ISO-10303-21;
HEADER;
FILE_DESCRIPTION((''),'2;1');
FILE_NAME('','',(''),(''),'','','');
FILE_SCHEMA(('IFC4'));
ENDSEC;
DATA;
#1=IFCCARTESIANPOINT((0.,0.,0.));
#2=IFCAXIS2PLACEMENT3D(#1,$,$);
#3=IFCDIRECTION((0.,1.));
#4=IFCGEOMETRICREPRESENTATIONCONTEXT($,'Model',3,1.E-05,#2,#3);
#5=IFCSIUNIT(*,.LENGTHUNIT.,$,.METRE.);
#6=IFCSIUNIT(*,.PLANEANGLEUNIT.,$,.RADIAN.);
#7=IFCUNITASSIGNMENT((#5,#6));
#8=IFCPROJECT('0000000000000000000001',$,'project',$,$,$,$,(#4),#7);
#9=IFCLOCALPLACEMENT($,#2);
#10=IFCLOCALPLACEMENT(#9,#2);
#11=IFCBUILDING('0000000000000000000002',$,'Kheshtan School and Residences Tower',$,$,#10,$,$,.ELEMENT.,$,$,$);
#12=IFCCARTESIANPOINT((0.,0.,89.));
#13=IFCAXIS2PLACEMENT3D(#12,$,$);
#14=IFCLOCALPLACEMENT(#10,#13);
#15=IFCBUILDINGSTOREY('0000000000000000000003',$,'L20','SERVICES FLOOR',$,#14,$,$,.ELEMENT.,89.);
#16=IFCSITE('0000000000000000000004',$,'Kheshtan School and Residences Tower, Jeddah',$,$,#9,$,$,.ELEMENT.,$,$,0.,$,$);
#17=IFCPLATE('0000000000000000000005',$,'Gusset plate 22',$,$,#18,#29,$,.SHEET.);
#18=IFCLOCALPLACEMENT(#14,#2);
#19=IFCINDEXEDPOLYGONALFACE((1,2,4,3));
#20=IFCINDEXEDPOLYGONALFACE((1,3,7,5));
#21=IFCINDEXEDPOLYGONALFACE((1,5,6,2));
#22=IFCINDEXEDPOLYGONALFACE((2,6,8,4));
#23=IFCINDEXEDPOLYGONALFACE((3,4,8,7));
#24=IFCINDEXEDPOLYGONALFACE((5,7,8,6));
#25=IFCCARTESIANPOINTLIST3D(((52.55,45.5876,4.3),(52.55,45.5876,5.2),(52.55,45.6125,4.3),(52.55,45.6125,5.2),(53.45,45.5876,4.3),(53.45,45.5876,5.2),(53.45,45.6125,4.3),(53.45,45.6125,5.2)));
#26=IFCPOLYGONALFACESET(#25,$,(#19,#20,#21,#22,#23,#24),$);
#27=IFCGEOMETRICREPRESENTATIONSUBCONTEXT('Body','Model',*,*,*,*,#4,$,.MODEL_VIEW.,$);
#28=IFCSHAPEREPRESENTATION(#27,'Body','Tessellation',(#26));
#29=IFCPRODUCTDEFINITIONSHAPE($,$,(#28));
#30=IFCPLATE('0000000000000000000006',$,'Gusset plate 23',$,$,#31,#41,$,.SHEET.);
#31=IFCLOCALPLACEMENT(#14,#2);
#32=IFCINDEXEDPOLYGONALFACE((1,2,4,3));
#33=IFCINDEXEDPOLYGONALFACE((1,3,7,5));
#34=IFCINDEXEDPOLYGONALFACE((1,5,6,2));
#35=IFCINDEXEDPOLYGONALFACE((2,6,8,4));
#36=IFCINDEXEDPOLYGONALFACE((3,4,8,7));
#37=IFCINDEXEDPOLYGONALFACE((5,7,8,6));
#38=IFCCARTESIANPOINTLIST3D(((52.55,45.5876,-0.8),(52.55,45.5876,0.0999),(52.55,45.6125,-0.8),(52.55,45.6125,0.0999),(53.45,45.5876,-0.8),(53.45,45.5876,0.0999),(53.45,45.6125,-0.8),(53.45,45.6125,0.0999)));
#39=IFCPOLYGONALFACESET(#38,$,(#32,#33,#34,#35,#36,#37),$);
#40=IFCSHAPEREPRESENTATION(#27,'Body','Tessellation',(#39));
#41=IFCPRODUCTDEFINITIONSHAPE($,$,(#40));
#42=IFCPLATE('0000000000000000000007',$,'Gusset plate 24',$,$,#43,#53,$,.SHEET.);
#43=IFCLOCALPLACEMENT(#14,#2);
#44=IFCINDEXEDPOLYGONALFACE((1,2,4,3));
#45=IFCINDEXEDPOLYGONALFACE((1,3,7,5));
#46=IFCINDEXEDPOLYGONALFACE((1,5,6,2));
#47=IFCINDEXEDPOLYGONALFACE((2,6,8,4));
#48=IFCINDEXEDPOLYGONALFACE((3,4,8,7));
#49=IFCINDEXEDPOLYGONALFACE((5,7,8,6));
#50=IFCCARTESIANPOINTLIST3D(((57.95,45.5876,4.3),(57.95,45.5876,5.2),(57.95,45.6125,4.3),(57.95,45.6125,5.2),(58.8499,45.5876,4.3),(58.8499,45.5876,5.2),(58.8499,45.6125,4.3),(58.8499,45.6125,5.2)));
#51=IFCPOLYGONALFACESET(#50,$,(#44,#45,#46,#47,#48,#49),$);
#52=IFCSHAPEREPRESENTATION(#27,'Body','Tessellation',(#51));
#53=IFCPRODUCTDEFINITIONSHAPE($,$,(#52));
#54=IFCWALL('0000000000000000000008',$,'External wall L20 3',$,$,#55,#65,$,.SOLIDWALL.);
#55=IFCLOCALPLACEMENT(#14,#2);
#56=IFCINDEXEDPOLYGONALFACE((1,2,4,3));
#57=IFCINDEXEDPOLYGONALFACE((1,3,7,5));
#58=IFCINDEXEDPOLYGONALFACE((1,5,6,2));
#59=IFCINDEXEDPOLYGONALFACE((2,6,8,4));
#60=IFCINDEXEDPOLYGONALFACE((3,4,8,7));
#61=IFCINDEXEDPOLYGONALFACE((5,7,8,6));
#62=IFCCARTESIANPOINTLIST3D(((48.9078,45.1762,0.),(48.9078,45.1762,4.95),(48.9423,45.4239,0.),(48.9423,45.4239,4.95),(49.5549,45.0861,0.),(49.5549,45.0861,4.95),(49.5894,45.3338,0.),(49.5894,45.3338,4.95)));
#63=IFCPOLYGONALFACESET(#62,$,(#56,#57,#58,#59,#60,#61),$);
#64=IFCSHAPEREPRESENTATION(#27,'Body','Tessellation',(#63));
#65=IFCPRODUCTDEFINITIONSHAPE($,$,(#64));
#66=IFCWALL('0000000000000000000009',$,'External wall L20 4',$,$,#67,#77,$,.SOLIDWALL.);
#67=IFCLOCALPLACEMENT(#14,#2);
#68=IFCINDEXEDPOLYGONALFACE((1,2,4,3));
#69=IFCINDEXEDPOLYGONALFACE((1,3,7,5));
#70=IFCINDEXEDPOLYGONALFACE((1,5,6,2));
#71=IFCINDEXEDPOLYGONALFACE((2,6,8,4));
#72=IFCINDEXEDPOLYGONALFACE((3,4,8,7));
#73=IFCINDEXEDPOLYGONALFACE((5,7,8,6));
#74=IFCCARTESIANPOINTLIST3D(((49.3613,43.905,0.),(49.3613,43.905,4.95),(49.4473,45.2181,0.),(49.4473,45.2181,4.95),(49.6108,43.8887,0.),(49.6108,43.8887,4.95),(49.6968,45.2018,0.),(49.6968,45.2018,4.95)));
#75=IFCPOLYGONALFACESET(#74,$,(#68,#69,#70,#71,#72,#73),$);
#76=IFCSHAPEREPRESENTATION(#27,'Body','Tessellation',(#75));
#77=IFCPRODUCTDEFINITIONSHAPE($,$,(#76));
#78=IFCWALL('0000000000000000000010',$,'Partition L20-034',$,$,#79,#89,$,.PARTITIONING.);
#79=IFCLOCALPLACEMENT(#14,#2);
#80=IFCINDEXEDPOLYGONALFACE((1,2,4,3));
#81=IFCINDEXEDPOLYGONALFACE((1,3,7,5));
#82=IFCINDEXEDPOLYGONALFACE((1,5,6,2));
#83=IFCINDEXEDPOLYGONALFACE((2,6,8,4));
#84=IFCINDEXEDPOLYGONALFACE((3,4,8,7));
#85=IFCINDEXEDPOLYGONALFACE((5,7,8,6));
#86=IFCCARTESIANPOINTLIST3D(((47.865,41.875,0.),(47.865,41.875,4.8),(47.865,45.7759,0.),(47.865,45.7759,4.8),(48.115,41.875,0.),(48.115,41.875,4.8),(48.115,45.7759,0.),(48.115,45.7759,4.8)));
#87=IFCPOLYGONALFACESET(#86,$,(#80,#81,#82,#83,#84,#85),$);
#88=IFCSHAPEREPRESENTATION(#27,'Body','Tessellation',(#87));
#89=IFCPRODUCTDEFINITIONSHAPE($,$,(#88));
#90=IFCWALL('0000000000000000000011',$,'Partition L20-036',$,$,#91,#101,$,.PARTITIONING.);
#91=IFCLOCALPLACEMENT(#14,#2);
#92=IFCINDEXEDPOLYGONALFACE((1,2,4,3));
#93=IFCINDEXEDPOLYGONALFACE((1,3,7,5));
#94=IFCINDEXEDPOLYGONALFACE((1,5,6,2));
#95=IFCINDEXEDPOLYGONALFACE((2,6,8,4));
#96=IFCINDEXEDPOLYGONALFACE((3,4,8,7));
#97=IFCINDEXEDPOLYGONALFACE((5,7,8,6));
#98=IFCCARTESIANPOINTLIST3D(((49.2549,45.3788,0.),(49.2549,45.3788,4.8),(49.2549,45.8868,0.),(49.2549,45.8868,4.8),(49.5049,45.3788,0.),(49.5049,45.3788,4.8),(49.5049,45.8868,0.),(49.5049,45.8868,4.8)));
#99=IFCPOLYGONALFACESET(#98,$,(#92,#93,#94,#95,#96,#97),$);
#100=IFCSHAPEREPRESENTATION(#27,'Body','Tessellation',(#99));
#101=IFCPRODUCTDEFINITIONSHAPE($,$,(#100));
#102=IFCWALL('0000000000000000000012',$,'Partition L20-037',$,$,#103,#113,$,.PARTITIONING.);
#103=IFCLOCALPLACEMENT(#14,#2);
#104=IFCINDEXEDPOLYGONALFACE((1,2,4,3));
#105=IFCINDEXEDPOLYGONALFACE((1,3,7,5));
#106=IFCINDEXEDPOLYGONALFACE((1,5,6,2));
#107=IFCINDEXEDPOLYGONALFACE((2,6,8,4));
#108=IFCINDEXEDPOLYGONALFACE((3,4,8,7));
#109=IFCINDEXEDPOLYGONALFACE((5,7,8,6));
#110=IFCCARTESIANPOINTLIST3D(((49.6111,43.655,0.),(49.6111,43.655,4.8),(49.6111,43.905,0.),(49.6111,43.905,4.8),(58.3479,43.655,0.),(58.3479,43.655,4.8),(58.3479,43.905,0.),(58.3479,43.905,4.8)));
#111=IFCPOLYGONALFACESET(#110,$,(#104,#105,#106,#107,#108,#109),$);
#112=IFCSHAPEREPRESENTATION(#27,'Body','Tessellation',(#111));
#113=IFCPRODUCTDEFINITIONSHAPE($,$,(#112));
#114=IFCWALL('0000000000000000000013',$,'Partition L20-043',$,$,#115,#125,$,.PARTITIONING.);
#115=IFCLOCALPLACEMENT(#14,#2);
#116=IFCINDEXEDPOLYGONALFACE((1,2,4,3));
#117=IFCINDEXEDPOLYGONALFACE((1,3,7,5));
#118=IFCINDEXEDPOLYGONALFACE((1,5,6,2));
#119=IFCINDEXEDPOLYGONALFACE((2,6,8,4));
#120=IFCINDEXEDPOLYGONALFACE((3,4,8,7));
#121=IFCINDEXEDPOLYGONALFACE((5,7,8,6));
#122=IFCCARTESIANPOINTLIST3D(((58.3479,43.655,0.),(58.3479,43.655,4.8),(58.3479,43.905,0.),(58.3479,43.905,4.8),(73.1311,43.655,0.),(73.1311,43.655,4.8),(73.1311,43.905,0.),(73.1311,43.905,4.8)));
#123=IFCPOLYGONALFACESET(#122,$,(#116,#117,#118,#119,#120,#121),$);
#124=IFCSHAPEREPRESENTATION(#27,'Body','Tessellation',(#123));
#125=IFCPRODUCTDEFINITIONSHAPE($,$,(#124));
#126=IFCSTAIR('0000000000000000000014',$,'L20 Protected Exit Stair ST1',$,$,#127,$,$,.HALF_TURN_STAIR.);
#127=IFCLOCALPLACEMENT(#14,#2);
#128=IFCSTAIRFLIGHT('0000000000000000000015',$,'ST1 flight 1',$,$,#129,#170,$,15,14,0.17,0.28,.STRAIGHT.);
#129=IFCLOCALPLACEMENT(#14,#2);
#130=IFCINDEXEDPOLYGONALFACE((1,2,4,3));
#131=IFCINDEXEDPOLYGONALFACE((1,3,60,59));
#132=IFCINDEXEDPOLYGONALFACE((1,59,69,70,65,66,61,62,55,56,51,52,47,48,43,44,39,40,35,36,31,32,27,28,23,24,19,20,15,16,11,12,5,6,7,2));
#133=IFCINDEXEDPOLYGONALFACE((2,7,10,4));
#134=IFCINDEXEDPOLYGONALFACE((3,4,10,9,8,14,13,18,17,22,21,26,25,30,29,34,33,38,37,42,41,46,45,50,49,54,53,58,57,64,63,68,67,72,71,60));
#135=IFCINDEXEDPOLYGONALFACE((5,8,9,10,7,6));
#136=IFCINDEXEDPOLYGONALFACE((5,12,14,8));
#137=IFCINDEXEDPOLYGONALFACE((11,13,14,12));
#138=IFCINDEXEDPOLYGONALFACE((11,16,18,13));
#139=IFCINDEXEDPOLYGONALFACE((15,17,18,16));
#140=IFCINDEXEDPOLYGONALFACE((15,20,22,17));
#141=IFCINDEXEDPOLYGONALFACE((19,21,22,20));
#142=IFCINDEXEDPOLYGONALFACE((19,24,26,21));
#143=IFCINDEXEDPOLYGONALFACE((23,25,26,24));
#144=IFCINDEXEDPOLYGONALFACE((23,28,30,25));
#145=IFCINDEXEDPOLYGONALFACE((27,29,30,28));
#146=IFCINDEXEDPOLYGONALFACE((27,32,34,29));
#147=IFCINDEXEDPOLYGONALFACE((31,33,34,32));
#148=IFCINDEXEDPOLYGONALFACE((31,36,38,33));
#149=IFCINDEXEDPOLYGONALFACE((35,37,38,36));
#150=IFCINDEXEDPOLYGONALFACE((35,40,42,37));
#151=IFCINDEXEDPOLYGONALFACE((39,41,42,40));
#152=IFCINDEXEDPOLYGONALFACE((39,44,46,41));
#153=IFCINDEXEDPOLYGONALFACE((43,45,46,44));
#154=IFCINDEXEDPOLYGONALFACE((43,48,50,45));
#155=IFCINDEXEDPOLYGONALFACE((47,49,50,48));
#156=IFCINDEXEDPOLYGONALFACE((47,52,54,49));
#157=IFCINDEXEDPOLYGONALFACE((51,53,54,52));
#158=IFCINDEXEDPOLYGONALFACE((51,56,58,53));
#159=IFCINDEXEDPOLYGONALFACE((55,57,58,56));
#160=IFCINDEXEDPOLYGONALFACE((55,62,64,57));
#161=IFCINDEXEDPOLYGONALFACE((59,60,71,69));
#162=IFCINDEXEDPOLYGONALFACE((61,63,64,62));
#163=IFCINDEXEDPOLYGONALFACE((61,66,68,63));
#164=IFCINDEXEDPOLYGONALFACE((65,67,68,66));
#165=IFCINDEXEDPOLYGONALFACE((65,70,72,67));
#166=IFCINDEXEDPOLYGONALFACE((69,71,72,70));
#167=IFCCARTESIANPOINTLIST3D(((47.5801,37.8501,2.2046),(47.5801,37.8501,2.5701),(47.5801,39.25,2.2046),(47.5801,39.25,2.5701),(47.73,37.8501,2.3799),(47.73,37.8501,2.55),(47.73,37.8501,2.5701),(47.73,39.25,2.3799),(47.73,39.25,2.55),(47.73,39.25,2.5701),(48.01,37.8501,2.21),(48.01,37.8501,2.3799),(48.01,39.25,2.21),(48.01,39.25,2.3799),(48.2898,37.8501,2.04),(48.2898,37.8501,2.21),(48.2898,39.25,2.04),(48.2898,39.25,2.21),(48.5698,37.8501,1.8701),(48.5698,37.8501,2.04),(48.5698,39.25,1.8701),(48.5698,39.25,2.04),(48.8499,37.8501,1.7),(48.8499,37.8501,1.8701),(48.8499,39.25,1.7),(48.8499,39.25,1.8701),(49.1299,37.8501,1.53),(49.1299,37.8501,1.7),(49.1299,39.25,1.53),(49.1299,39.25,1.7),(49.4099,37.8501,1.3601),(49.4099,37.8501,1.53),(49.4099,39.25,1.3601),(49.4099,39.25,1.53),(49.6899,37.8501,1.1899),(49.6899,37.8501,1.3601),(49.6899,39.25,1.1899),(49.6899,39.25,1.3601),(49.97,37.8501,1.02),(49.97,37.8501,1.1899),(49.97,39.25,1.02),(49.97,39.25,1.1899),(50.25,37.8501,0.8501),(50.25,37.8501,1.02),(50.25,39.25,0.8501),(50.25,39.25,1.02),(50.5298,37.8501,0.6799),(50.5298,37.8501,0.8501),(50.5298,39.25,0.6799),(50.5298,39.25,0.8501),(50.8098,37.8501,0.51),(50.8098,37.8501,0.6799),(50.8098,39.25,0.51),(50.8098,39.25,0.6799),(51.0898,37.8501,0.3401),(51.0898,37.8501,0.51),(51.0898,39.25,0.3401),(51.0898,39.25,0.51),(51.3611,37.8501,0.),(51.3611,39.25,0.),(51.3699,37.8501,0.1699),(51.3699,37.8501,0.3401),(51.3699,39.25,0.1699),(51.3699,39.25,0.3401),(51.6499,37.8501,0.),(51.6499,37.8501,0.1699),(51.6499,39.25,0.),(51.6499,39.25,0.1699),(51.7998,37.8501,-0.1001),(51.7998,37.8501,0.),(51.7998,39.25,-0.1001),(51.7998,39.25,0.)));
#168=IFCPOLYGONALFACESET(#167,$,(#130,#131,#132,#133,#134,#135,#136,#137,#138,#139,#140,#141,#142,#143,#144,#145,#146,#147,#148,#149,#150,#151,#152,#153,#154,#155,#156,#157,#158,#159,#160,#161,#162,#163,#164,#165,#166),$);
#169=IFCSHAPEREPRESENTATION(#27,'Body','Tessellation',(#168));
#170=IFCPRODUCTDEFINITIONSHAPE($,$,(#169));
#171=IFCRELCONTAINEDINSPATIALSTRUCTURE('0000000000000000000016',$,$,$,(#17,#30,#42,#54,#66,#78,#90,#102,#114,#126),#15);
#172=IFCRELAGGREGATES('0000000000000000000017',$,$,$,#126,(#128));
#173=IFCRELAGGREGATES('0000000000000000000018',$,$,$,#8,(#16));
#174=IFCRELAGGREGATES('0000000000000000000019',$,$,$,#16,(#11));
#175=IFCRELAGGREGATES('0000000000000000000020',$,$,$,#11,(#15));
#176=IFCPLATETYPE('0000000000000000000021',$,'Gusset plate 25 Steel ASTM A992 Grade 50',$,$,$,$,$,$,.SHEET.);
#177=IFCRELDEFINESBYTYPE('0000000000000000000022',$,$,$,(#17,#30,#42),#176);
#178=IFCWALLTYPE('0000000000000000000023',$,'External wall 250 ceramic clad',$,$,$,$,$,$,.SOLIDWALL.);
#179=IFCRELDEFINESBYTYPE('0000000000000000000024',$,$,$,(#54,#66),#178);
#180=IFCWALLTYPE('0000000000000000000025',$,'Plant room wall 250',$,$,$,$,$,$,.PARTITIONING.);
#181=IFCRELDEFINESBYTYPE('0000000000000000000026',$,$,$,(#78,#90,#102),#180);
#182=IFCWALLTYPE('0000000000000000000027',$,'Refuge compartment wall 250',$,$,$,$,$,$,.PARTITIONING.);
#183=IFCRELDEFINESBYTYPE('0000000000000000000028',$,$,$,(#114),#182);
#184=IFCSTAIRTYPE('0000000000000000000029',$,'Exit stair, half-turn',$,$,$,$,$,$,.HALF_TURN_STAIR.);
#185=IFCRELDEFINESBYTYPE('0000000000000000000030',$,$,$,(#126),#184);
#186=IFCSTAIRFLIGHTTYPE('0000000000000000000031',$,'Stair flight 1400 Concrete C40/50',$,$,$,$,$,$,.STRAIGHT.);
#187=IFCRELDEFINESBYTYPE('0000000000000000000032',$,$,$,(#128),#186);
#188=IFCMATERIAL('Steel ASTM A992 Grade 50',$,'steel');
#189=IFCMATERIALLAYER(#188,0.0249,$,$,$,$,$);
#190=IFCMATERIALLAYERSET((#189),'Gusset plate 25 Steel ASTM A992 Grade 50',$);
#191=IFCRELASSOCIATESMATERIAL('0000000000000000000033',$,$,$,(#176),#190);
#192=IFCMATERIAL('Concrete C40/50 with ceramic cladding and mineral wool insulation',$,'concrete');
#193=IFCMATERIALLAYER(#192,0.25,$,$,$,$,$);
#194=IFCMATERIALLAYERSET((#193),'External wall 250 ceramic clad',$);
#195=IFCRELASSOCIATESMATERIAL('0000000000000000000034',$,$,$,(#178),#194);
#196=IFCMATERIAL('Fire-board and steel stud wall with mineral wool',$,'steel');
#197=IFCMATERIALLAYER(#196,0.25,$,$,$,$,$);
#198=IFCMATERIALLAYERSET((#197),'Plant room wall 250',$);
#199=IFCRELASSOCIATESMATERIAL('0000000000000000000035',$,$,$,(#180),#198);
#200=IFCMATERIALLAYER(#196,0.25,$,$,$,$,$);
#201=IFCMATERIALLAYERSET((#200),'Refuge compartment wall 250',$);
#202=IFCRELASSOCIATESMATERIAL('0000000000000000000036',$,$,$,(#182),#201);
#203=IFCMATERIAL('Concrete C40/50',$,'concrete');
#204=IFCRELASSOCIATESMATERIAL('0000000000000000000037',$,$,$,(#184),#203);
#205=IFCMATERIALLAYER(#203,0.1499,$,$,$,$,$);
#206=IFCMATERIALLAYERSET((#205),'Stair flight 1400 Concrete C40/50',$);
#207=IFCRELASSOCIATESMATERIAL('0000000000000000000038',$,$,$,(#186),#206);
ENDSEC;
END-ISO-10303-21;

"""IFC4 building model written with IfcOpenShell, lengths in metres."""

from ifc_helpers import new_model, si_unit, direction, frame, frame_2d, origin, origin_2d, place, context, subcontext, project, spatial, polyline, rectangle, outline, extrude, material, layer, layer_set, type_object, element, aggregate, save


model = new_model("IFC4")

# Units and contexts
model_context = context("Model", 3, precision=1e-05, world=origin(), true_north=direction((0.0, 1.0)))
body_context = subcontext(model_context, "Body", "Model", "MODEL_VIEW")
ifc_project = project(units=[si_unit("LENGTHUNIT", "METRE"), si_unit("PLANEANGLEUNIT", "RADIAN")], contexts=[model_context])

# Site, building, storey
site_placement = place(None, origin())
site = spatial("IfcSite", under=ifc_project, at=site_placement, Name="Kheshtan School and Residences Tower, Jeddah", CompositionType="ELEMENT", RefElevation=0.0)
building_placement = place(site_placement, origin())
building = spatial("IfcBuilding", under=site, at=building_placement, Name="Kheshtan School and Residences Tower", CompositionType="ELEMENT")
storey_placement = place(building_placement, frame((0.0, 0.0, 89.0)))
storey = spatial("IfcBuildingStorey", under=building, at=storey_placement, Name="L20", Description="SERVICES FLOOR", CompositionType="ELEMENT", Elevation=89.0)

# Shared definitions
ifc_material_1 = material(Name="Steel ASTM A992 Grade 50", Category="steel")

# Plates
ifc_layer_1 = layer(ifc_material_1, 0.0249)
ifc_layer_set_1 = layer_set([ifc_layer_1], Name="Gusset plate 25 Steel ASTM A992 Grade 50")
plate_type_1 = type_object("IfcPlateType", Name="Gusset plate 25 Steel ASTM A992 Grade 50", PredefinedType="SHEET", material=ifc_layer_set_1)
for number, where, z_axis, x_axis, name in (
    (1, (53.0, 45.6001, 4.3), (0.0, 0.0, 1.0), (1.0, 0.0, 0.0), "Gusset plate 22"),
    (2, (53.0, 45.6001, -0.8), (0.0, 0.0, 1.0), (1.0, 0.0, 0.0), "Gusset plate 23"),
    (3, (58.3999, 45.6001, 4.3), (0.0, 0.0, 1.0), (1.0, 0.0, 0.0), "Gusset plate 24"),
):
    element("IfcPlate", number, at=place(storey_placement, frame(where, z_axis=z_axis, x_axis=x_axis)), inside=storey, type_object=plate_type_1, Name=name, PredefinedType="SHEET", context=body_context, shape_type="SweptSolid", body=[
        extrude(rectangle(XDim=0.8999, YDim=0.0249, at=origin_2d()), origin(), (0.0, 0.0, 1.0), 0.8999),
    ])

# Walls
ifc_material_2 = material(Name="Concrete C40/50 with ceramic cladding and mineral wool insulation", Category="concrete")
ifc_layer_2 = layer(ifc_material_2, 0.25)
ifc_layer_set_2 = layer_set([ifc_layer_2], Name="External wall 250 ceramic clad")
wall_type_1 = type_object("IfcWallType", Name="External wall 250 ceramic clad", PredefinedType="SOLIDWALL", material=ifc_layer_set_2)
wall_1_placement = place(storey_placement, frame((48.925, 45.3, 0.0), z_axis=(0.0, 0.0, 1.0), x_axis=(0.990444, -0.137915, 0.0)))
element("IfcWall", 4, at=wall_1_placement, inside=storey, type_object=wall_type_1, Name="External wall L20 3", PredefinedType="SOLIDWALL", context=body_context, shape_type="SweptSolid", body=[
    extrude(rectangle(XDim=0.6533, YDim=0.25, at=frame_2d((0.3267, 0.0))), origin(), (0.0, 0.0, 1.0), 4.95),
])
wall_2_placement = place(storey_placement, frame((49.572, 45.21, 0.0), z_axis=(0.0, 0.0, 1.0), x_axis=(-0.065312, -0.997865, 0.0)))
element("IfcWall", 5, at=wall_2_placement, inside=storey, type_object=wall_type_1, Name="External wall L20 4", PredefinedType="SOLIDWALL", context=body_context, shape_type="SweptSolid", body=[
    extrude(rectangle(XDim=1.3159, YDim=0.25, at=frame_2d((0.658, 0.0))), origin(), (0.0, 0.0, 1.0), 4.95),
])
ifc_material_3 = material(Name="Fire-board and steel stud wall with mineral wool", Category="steel")
ifc_layer_3 = layer(ifc_material_3, 0.25)
ifc_layer_set_3 = layer_set([ifc_layer_3], Name="Plant room wall 250")
wall_type_2 = type_object("IfcWallType", Name="Plant room wall 250", PredefinedType="PARTITIONING", material=ifc_layer_set_3)
wall_3_placement = place(storey_placement, frame((47.99, 41.875, 0.0), z_axis=(0.0, 0.0, 1.0), x_axis=(0.0, 1.0, 0.0)))
element("IfcWall", 6, at=wall_3_placement, inside=storey, type_object=wall_type_2, Name="Partition L20-034", PredefinedType="PARTITIONING", context=body_context, shape_type="SweptSolid", body=[
    extrude(rectangle(XDim=3.9009, YDim=0.25, at=frame_2d((1.9504, 0.0))), origin(), (0.0, 0.0, 1.0), 4.8),
])
wall_4_placement = place(storey_placement, frame((49.3799, 45.3789, 0.0), z_axis=(0.0, 0.0, 1.0), x_axis=(0.0, 1.0, 0.0)))
element("IfcWall", 7, at=wall_4_placement, inside=storey, type_object=wall_type_2, Name="Partition L20-036", PredefinedType="PARTITIONING", context=body_context, shape_type="SweptSolid", body=[
    extrude(rectangle(XDim=0.5081, YDim=0.25, at=frame_2d((0.2539, 0.0))), origin(), (0.0, 0.0, 1.0), 4.8),
])
wall_5_placement = place(storey_placement, frame((49.6111, 43.78, 0.0), z_axis=(0.0, 0.0, 1.0), x_axis=(1.0, 0.0, 0.0)))
element("IfcWall", 8, at=wall_5_placement, inside=storey, type_object=wall_type_2, Name="Partition L20-037", PredefinedType="PARTITIONING", context=body_context, shape_type="SweptSolid", body=[
    extrude(rectangle(XDim=8.7368, YDim=0.25, at=frame_2d((4.3684, 0.0))), origin(), (0.0, 0.0, 1.0), 4.8),
])
ifc_layer_4 = layer(ifc_material_3, 0.25)
ifc_layer_set_4 = layer_set([ifc_layer_4], Name="Refuge compartment wall 250")
wall_type_3 = type_object("IfcWallType", Name="Refuge compartment wall 250", PredefinedType="PARTITIONING", material=ifc_layer_set_4)
wall_6_placement = place(storey_placement, frame((58.3479, 43.78, 0.0), z_axis=(0.0, 0.0, 1.0), x_axis=(1.0, 0.0, 0.0)))
element("IfcWall", 9, at=wall_6_placement, inside=storey, type_object=wall_type_3, Name="Partition L20-043", PredefinedType="PARTITIONING", context=body_context, shape_type="SweptSolid", body=[
    extrude(rectangle(XDim=14.7832, YDim=0.25, at=frame_2d((7.3916, 0.0))), origin(), (0.0, 0.0, 1.0), 4.8),
])

# Stair, stair flight
ifc_material_4 = material(Name="Concrete C40/50", Category="concrete")
stair_type = type_object("IfcStairType", Name="Exit stair, half-turn", PredefinedType="HALF_TURN_STAIR", material=ifc_material_4)
stair_placement = place(storey_placement, origin())
stair = element("IfcStair", 10, at=stair_placement, inside=storey, type_object=stair_type, Name="L20 Protected Exit Stair ST1", PredefinedType="HALF_TURN_STAIR")
ifc_layer_5 = layer(ifc_material_4, 0.1499)
ifc_layer_set_5 = layer_set([ifc_layer_5], Name="Stair flight 1400 Concrete C40/50")
stair_flight_type = type_object("IfcStairFlightType", Name="Stair flight 1400 Concrete C40/50", PredefinedType="STRAIGHT", material=ifc_layer_set_5)
stair_flight_placement = place(storey_placement, frame((51.6499, 38.55, 0.0), z_axis=(0.0, 0.0, 1.0), x_axis=(-1.0, 0.0, 0.0)))
stair_flight = element("IfcStairFlight", 11, at=stair_flight_placement, type_object=stair_flight_type, Name="ST1 flight 1", NumberOfRisers=15, NumberOfTreads=14, PredefinedType="STRAIGHT", RiserHeight=0.17, TreadLength=0.28, context=body_context, shape_type="SweptSolid", body=[
    extrude(outline(polyline([(-0.1499, -0.1001), (-0.1499, 0.0), (0.0, 0.0), (0.0, 0.1699), (0.28, 0.1699), (0.28, 0.3401), (0.5601, 0.3401), (0.5601, 0.51), (0.8401, 0.51), (0.8401, 0.6799), (1.1201, 0.6799), (1.1201, 0.8501), (1.3999, 0.8501), (1.3999, 1.02), (1.6799, 1.02), (1.6799, 1.1899), (1.96, 1.1899), (1.96, 1.3601), (2.24, 1.3601), (2.24, 1.53), (2.52, 1.53), (2.52, 1.7), (2.8, 1.7), (2.8, 1.8701), (3.0801, 1.8701), (3.0801, 2.04), (3.3601, 2.04), (3.3601, 2.21), (3.6399, 2.21), (3.6399, 2.3799), (3.9199, 2.3799), (3.9199, 2.55), (3.9199, 2.5701), (4.0698, 2.5701), (4.0698, 2.2046), (0.2888, 0.0), (-0.1499, -0.1001)])), frame((0.0, 0.7, 0.0), z_axis=(0.0, -1.0, 0.0), x_axis=(1.0, 0.0, 0.0)), (0.0, 0.0, 1.0), 1.3999),
])
aggregate(stair, [stair_flight])

save(model, "model.ifc")
